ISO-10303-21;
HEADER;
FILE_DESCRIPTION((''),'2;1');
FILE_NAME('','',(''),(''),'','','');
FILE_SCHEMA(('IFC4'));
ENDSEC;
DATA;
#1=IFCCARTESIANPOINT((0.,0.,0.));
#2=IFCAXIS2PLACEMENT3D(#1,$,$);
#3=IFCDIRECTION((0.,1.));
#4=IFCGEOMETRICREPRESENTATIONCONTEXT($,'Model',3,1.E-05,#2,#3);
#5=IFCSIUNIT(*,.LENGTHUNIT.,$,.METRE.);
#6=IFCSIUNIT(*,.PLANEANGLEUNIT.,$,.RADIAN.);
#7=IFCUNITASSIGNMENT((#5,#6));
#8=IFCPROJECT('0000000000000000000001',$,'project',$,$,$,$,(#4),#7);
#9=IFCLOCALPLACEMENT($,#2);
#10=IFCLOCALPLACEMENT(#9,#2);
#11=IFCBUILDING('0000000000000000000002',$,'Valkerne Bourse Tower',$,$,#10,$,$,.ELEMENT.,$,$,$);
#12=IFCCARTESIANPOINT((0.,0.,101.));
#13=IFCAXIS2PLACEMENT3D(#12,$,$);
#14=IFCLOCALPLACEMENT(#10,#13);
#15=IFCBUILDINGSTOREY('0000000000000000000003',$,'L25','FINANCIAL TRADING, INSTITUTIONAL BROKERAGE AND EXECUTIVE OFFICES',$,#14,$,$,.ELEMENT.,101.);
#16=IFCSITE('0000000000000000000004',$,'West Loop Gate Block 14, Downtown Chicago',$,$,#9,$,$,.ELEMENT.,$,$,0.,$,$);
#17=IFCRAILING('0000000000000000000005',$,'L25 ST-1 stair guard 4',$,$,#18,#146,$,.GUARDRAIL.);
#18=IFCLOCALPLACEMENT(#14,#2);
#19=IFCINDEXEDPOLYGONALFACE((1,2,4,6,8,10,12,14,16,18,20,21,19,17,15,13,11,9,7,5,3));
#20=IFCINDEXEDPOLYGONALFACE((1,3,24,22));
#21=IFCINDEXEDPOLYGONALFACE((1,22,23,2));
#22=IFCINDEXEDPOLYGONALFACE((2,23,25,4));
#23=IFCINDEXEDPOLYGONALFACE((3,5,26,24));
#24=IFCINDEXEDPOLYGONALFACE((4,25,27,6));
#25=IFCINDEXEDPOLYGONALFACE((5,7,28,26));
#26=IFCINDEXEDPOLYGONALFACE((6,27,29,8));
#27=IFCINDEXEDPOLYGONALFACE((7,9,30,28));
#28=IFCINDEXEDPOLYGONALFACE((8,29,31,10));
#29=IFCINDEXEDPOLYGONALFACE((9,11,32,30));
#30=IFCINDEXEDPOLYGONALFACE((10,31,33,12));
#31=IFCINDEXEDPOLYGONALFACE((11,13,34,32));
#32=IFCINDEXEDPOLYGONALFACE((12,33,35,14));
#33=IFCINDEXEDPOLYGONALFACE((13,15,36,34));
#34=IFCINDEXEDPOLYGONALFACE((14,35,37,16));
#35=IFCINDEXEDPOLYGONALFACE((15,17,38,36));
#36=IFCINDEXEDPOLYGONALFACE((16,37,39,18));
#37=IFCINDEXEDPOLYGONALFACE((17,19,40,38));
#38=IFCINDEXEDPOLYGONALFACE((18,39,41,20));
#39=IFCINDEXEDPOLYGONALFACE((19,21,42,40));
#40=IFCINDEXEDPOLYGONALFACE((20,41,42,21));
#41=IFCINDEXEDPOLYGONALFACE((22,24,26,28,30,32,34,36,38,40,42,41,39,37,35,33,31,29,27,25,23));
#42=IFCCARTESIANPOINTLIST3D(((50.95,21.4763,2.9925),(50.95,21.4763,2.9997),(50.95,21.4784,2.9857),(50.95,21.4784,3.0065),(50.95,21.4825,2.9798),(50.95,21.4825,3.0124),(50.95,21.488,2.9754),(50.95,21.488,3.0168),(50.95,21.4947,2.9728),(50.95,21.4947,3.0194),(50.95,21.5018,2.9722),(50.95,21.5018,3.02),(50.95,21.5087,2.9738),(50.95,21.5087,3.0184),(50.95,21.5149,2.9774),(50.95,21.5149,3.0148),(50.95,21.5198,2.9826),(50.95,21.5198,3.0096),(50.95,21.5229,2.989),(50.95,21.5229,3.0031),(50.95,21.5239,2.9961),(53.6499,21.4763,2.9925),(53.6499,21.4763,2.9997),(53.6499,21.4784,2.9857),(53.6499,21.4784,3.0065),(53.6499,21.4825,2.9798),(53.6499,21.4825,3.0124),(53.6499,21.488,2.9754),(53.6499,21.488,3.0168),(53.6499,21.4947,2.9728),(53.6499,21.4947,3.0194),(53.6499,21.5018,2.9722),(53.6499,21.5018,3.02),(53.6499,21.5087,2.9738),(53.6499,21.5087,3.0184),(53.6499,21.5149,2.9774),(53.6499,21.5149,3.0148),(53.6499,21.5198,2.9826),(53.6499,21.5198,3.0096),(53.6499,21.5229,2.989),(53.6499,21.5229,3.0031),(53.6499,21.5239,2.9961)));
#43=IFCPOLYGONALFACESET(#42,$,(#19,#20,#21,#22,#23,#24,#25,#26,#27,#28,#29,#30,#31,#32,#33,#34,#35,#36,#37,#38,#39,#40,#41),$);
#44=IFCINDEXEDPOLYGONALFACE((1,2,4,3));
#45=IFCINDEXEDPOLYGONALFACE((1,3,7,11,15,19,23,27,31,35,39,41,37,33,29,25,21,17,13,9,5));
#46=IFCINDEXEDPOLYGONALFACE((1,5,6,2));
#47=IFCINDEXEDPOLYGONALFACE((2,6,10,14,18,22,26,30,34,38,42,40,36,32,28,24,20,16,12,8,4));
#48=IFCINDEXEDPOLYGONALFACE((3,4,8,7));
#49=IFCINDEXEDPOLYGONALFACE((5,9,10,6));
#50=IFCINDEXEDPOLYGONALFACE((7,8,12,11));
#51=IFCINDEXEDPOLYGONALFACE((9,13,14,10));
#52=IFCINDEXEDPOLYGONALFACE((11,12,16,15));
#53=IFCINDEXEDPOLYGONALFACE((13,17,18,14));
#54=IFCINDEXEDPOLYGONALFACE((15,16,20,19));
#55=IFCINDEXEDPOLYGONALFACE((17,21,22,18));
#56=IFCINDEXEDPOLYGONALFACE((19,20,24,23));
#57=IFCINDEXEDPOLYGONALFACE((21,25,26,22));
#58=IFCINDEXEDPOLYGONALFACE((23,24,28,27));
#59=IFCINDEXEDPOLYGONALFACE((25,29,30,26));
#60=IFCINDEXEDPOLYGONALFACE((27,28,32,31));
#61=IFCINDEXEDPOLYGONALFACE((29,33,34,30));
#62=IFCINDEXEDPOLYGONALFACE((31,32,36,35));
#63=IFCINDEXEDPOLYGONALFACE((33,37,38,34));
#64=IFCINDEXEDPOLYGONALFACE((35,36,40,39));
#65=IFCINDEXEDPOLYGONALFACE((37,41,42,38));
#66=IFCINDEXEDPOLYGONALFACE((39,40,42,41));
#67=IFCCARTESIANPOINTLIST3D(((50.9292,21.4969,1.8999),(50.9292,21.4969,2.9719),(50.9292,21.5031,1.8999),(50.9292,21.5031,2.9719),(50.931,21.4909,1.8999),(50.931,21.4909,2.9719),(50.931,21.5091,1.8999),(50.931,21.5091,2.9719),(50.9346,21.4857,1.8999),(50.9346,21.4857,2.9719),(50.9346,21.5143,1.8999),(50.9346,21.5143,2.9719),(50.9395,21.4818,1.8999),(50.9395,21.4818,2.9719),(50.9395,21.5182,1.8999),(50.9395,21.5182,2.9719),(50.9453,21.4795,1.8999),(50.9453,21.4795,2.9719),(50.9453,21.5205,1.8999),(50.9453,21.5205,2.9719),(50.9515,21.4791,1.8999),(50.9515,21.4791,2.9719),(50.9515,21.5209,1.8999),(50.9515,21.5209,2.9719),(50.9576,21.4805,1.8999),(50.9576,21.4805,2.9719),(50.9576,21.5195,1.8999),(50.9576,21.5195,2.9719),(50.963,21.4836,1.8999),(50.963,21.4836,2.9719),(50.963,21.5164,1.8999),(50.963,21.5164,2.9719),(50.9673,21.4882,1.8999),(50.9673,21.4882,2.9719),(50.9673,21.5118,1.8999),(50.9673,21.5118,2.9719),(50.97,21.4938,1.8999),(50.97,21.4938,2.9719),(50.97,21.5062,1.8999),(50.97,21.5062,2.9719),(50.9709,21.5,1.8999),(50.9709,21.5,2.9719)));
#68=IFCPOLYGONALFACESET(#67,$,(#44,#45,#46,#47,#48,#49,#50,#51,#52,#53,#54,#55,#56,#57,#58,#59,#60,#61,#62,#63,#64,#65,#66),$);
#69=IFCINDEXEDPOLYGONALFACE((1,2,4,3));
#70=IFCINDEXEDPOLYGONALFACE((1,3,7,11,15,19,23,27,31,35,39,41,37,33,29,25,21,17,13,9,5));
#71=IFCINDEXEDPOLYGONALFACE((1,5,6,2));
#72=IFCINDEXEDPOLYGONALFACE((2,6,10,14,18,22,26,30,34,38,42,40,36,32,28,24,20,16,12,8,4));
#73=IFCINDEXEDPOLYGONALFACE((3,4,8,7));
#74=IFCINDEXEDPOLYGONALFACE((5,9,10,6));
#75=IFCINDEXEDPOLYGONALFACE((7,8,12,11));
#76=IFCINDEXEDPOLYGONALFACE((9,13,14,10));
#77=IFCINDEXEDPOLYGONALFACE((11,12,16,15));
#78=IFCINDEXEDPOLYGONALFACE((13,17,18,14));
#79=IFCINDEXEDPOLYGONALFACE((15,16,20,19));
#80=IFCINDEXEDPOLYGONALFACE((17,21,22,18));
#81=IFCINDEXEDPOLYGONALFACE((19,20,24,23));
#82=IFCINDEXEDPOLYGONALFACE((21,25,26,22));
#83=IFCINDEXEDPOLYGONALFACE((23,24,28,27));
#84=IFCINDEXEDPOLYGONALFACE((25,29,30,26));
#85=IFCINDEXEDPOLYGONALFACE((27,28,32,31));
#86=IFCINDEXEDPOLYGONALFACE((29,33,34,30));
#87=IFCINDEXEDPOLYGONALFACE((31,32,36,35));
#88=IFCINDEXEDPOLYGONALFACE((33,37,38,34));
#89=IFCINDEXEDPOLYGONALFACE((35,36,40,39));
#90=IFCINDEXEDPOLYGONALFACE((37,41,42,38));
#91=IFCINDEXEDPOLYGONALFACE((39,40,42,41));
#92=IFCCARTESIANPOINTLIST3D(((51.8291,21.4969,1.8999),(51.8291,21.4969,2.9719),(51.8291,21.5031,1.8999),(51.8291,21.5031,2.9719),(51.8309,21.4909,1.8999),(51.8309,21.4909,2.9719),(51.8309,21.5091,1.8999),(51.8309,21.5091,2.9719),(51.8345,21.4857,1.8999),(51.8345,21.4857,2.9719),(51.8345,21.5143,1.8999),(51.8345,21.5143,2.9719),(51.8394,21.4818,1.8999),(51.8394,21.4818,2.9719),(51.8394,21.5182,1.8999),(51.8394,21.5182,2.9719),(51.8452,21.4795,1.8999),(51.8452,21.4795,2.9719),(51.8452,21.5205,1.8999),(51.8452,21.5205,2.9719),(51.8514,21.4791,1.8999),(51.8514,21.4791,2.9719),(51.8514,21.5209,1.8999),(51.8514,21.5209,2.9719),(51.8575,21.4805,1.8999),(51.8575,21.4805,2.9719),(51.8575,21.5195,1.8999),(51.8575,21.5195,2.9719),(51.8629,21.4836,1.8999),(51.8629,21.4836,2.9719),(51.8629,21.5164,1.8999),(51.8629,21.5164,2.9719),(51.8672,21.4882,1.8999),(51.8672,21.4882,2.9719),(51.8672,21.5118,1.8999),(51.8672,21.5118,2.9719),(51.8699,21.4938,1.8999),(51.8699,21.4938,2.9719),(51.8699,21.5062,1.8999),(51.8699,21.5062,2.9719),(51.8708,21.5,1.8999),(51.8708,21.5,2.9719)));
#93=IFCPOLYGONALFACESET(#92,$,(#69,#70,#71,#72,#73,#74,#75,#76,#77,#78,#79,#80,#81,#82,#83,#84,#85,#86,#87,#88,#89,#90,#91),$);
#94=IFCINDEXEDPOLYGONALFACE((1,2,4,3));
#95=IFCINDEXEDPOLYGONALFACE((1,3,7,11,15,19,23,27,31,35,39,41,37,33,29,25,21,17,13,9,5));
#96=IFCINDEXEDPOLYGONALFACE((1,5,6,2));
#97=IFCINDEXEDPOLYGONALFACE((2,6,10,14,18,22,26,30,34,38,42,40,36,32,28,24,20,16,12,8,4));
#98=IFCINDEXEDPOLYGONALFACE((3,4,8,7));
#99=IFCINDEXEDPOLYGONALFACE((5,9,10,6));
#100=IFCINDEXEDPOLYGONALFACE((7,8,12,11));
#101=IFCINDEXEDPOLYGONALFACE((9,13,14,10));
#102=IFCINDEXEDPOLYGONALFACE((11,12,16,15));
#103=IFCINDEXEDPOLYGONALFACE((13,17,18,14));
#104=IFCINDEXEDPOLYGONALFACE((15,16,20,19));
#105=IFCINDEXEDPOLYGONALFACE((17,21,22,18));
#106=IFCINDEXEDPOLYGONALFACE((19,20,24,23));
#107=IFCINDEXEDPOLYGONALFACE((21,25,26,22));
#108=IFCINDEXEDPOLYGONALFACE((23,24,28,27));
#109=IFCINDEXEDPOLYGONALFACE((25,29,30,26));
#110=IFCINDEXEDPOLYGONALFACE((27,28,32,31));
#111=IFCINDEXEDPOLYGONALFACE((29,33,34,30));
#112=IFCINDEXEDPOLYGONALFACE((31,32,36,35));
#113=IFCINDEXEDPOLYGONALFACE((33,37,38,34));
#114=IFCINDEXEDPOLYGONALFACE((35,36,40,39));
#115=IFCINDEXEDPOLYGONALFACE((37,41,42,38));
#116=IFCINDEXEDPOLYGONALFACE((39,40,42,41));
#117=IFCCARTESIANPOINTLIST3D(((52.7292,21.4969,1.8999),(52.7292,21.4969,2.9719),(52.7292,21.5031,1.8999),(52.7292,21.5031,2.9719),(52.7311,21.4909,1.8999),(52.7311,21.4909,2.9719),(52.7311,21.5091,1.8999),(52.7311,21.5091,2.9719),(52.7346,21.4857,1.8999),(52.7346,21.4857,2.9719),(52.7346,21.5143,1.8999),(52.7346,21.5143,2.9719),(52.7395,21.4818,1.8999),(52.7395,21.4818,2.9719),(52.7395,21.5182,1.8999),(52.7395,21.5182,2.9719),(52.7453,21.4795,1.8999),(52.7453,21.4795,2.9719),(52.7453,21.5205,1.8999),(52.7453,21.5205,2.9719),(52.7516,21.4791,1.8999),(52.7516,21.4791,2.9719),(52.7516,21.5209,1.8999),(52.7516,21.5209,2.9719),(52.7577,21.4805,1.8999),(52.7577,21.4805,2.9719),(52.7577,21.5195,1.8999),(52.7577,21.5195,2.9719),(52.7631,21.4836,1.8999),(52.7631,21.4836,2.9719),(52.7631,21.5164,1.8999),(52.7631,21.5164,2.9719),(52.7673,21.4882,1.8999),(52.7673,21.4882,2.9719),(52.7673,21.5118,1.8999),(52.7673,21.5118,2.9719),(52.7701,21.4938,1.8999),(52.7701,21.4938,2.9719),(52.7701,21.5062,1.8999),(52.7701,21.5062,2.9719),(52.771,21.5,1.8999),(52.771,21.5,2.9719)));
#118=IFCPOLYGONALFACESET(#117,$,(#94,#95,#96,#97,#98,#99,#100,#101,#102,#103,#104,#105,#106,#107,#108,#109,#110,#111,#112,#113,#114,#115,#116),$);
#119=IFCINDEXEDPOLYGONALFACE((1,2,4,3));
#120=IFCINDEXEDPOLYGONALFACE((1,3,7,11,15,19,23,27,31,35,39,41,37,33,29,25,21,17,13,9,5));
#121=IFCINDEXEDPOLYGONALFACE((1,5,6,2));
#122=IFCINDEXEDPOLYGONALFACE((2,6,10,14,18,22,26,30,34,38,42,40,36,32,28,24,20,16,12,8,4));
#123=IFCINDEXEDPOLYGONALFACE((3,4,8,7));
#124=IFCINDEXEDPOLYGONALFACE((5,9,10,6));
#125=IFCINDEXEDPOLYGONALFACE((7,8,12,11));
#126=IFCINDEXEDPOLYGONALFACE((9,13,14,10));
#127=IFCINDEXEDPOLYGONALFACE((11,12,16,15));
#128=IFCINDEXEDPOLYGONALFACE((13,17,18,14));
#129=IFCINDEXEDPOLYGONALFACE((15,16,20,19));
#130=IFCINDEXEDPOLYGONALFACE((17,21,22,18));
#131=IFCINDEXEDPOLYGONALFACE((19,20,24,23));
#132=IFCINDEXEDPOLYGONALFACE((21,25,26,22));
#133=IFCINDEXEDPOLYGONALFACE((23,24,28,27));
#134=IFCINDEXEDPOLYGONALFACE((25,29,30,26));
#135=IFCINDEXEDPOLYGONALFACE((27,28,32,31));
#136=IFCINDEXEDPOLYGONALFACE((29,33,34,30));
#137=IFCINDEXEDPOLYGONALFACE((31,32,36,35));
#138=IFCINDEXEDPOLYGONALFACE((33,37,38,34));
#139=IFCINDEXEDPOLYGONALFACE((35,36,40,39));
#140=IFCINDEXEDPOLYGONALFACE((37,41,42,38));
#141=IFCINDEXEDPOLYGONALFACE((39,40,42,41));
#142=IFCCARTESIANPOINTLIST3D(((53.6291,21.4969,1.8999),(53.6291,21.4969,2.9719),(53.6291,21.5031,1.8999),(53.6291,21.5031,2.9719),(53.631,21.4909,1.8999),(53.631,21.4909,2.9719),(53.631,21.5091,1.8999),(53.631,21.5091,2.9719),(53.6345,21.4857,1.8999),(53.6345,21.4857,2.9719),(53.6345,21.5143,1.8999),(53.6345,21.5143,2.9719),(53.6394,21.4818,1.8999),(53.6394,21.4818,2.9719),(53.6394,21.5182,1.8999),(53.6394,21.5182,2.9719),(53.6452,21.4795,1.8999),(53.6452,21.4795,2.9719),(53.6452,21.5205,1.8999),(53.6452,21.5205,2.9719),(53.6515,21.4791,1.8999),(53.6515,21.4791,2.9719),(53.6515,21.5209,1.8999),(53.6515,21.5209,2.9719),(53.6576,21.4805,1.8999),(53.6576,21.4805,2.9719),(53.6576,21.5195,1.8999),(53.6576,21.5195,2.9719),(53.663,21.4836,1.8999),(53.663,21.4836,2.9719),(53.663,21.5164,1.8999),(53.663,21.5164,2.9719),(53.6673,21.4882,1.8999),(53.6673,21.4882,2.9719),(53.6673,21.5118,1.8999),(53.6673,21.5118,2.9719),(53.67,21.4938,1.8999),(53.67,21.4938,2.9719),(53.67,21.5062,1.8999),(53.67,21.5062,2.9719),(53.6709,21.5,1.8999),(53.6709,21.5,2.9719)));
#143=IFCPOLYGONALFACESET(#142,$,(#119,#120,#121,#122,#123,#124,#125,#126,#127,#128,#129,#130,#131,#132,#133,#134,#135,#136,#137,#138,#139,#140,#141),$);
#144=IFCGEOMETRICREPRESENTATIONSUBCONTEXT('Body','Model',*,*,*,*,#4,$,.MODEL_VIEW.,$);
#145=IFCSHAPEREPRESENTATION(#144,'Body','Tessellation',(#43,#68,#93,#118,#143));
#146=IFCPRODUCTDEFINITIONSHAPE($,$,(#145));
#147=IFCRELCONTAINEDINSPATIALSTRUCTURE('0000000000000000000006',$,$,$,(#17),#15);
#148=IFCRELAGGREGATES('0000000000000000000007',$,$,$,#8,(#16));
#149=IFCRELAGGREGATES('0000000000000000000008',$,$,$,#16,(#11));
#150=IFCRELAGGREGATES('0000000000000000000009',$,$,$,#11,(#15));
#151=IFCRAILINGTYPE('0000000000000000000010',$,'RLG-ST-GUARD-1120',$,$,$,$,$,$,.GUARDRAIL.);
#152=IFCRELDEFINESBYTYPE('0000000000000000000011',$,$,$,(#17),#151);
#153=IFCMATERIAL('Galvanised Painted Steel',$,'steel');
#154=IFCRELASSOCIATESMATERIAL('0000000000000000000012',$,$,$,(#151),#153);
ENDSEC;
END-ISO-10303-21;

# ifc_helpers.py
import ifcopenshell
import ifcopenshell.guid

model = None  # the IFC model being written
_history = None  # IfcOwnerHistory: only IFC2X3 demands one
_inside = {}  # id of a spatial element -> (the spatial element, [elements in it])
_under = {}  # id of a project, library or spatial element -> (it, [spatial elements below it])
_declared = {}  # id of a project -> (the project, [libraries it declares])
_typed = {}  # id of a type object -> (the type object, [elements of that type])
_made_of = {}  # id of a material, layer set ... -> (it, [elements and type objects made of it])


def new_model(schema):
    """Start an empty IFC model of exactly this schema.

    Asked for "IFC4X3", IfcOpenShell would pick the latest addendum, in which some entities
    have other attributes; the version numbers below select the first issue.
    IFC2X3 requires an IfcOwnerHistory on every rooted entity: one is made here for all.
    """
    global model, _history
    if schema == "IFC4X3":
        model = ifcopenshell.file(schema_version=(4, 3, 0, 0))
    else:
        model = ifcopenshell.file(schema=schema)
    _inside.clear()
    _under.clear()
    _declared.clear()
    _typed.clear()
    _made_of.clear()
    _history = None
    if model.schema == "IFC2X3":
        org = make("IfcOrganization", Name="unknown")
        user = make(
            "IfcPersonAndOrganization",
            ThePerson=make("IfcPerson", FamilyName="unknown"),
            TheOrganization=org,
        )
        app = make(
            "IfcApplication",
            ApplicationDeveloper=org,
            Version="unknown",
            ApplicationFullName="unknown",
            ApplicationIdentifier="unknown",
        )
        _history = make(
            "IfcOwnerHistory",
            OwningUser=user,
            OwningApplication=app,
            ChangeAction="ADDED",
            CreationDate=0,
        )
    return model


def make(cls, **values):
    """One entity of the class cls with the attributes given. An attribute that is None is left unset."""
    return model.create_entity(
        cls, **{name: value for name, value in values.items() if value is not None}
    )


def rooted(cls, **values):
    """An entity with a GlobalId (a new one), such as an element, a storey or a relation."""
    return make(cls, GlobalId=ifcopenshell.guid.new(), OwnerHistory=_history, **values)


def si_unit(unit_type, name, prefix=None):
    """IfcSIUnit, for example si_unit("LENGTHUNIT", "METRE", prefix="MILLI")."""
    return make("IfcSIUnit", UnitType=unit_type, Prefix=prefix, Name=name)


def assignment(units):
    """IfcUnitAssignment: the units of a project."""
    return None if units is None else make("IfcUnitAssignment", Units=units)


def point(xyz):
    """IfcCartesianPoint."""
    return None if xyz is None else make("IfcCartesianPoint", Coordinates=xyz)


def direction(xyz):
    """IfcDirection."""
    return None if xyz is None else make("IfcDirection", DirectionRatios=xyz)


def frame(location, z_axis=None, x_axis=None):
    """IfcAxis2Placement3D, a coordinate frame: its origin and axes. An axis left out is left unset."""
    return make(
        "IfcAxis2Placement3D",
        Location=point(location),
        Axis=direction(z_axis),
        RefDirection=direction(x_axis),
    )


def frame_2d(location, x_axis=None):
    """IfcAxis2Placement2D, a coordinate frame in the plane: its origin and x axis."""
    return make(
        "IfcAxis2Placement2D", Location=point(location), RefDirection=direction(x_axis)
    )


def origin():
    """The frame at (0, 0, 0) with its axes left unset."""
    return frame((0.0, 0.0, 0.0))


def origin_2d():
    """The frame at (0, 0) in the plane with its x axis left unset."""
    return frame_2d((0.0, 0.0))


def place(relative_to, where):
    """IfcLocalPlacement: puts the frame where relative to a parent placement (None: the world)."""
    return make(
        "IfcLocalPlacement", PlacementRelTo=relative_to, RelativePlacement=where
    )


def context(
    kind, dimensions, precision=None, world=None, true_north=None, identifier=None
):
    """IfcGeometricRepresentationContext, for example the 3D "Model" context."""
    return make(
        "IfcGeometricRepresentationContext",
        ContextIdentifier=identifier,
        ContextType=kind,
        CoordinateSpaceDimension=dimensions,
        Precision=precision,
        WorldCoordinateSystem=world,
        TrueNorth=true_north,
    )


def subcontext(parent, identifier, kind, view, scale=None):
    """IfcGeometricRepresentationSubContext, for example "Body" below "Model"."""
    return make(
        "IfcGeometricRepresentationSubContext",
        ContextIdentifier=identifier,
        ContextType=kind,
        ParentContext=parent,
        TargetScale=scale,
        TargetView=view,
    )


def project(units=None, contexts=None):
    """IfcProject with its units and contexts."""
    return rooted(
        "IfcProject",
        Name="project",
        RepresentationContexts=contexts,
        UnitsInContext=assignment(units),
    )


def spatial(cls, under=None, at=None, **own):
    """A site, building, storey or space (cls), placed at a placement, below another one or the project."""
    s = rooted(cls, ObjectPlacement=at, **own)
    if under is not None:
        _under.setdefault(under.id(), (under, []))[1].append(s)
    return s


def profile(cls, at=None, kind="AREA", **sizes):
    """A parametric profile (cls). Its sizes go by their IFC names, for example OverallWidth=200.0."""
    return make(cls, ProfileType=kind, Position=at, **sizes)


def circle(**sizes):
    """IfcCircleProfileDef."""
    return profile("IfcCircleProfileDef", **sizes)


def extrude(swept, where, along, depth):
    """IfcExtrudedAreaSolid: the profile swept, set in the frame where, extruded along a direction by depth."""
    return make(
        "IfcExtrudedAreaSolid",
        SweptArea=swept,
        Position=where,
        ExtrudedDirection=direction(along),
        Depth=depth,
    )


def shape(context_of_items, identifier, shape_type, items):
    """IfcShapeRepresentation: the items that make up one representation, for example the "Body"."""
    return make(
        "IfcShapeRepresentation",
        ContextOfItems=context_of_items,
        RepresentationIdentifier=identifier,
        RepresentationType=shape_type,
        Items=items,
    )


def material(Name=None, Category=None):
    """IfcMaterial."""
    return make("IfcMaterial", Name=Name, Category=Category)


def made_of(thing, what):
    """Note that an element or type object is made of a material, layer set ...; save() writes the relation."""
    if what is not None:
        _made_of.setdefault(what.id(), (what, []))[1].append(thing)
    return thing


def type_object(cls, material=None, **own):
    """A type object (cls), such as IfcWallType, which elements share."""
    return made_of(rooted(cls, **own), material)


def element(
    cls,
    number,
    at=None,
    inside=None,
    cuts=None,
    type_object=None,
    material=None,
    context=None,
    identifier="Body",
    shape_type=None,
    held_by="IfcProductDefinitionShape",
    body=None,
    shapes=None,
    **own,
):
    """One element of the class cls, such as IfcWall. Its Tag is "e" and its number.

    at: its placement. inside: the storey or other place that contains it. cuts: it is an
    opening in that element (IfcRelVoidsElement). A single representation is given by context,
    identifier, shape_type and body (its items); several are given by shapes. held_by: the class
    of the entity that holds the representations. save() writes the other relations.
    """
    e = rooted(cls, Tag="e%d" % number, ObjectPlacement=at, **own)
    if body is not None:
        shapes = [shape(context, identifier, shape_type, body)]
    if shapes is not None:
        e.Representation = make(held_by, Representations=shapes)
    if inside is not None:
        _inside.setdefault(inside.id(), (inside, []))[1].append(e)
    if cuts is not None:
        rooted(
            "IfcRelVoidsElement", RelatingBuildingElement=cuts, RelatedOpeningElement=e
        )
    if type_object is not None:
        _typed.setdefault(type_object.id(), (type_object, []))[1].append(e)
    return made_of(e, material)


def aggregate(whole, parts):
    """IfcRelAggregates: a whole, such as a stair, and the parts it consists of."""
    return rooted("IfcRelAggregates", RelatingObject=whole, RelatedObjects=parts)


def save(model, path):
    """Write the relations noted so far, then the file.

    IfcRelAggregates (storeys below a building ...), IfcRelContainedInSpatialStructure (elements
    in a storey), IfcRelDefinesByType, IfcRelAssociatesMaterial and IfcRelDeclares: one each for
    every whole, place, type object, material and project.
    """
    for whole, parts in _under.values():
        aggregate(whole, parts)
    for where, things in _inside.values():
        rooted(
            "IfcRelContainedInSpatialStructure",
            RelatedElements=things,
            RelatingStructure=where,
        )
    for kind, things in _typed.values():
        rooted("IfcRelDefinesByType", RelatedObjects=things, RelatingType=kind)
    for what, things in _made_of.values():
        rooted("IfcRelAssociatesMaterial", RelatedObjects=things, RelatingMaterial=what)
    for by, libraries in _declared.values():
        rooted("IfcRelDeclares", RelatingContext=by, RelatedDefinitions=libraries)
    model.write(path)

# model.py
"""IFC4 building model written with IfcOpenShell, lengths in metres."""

from ifc_helpers import new_model, si_unit, direction, frame, origin, origin_2d, place, context, subcontext, project, spatial, circle, extrude, material, type_object, element, save


model = new_model("IFC4")

# Units and contexts
model_context = context("Model", 3, precision=1e-05, world=origin(), true_north=direction((0.0, 1.0)))
body_context = subcontext(model_context, "Body", "Model", "MODEL_VIEW")
ifc_project = project(units=[si_unit("LENGTHUNIT", "METRE"), si_unit("PLANEANGLEUNIT", "RADIAN")], contexts=[model_context])

# Site, building, storey
site_placement = place(None, origin())
site = spatial("IfcSite", under=ifc_project, at=site_placement, Name="West Loop Gate Block 14, Downtown Chicago", CompositionType="ELEMENT", RefElevation=0.0)
building_placement = place(site_placement, origin())
building = spatial("IfcBuilding", under=site, at=building_placement, Name="Valkerne Bourse Tower", CompositionType="ELEMENT")
storey_placement = place(building_placement, frame((0.0, 0.0, 101.0)))
storey = spatial("IfcBuildingStorey", under=building, at=storey_placement, Name="L25", Description="FINANCIAL TRADING, INSTITUTIONAL BROKERAGE AND EXECUTIVE OFFICES", CompositionType="ELEMENT", Elevation=101.0)

# Shared definitions
ifc_material_1 = material(Name="Galvanised Painted Steel", Category="steel")

# Railing
railing_type_1 = type_object("IfcRailingType", Name="RLG-ST-GUARD-1120", PredefinedType="GUARDRAIL", material=ifc_material_1)
for number, where, name in (
    (1, (50.95, 21.5, 1.8999), "L25 ST-1 stair guard 4"),
):
    element("IfcRailing", number, at=place(storey_placement, frame(where)), inside=storey, type_object=railing_type_1, Name=name, PredefinedType="GUARDRAIL", context=body_context, shape_type="SweptSolid", body=[
        extrude(circle(Radius=0.0239, at=origin_2d()), frame((0.0, 0.0, 1.0962), z_axis=(1.0, 0.0, 0.0), x_axis=(0.0, 1.0, 0.0)), (0.0, 0.0, 1.0), 2.7),
        extrude(circle(Radius=0.021, at=origin_2d()), origin(), (0.0, 0.0, 1.0), 1.072),
        extrude(circle(Radius=0.021, at=origin_2d()), frame((0.8999, 0.0, 0.0)), (0.0, 0.0, 1.0), 1.072),
        extrude(circle(Radius=0.021, at=origin_2d()), frame((1.8, 0.0, 0.0)), (0.0, 0.0, 1.0), 1.072),
        extrude(circle(Radius=0.021, at=origin_2d()), frame((2.7, 0.0, 0.0)), (0.0, 0.0, 1.0), 1.072),
    ])

save(model, "model.ifc")
